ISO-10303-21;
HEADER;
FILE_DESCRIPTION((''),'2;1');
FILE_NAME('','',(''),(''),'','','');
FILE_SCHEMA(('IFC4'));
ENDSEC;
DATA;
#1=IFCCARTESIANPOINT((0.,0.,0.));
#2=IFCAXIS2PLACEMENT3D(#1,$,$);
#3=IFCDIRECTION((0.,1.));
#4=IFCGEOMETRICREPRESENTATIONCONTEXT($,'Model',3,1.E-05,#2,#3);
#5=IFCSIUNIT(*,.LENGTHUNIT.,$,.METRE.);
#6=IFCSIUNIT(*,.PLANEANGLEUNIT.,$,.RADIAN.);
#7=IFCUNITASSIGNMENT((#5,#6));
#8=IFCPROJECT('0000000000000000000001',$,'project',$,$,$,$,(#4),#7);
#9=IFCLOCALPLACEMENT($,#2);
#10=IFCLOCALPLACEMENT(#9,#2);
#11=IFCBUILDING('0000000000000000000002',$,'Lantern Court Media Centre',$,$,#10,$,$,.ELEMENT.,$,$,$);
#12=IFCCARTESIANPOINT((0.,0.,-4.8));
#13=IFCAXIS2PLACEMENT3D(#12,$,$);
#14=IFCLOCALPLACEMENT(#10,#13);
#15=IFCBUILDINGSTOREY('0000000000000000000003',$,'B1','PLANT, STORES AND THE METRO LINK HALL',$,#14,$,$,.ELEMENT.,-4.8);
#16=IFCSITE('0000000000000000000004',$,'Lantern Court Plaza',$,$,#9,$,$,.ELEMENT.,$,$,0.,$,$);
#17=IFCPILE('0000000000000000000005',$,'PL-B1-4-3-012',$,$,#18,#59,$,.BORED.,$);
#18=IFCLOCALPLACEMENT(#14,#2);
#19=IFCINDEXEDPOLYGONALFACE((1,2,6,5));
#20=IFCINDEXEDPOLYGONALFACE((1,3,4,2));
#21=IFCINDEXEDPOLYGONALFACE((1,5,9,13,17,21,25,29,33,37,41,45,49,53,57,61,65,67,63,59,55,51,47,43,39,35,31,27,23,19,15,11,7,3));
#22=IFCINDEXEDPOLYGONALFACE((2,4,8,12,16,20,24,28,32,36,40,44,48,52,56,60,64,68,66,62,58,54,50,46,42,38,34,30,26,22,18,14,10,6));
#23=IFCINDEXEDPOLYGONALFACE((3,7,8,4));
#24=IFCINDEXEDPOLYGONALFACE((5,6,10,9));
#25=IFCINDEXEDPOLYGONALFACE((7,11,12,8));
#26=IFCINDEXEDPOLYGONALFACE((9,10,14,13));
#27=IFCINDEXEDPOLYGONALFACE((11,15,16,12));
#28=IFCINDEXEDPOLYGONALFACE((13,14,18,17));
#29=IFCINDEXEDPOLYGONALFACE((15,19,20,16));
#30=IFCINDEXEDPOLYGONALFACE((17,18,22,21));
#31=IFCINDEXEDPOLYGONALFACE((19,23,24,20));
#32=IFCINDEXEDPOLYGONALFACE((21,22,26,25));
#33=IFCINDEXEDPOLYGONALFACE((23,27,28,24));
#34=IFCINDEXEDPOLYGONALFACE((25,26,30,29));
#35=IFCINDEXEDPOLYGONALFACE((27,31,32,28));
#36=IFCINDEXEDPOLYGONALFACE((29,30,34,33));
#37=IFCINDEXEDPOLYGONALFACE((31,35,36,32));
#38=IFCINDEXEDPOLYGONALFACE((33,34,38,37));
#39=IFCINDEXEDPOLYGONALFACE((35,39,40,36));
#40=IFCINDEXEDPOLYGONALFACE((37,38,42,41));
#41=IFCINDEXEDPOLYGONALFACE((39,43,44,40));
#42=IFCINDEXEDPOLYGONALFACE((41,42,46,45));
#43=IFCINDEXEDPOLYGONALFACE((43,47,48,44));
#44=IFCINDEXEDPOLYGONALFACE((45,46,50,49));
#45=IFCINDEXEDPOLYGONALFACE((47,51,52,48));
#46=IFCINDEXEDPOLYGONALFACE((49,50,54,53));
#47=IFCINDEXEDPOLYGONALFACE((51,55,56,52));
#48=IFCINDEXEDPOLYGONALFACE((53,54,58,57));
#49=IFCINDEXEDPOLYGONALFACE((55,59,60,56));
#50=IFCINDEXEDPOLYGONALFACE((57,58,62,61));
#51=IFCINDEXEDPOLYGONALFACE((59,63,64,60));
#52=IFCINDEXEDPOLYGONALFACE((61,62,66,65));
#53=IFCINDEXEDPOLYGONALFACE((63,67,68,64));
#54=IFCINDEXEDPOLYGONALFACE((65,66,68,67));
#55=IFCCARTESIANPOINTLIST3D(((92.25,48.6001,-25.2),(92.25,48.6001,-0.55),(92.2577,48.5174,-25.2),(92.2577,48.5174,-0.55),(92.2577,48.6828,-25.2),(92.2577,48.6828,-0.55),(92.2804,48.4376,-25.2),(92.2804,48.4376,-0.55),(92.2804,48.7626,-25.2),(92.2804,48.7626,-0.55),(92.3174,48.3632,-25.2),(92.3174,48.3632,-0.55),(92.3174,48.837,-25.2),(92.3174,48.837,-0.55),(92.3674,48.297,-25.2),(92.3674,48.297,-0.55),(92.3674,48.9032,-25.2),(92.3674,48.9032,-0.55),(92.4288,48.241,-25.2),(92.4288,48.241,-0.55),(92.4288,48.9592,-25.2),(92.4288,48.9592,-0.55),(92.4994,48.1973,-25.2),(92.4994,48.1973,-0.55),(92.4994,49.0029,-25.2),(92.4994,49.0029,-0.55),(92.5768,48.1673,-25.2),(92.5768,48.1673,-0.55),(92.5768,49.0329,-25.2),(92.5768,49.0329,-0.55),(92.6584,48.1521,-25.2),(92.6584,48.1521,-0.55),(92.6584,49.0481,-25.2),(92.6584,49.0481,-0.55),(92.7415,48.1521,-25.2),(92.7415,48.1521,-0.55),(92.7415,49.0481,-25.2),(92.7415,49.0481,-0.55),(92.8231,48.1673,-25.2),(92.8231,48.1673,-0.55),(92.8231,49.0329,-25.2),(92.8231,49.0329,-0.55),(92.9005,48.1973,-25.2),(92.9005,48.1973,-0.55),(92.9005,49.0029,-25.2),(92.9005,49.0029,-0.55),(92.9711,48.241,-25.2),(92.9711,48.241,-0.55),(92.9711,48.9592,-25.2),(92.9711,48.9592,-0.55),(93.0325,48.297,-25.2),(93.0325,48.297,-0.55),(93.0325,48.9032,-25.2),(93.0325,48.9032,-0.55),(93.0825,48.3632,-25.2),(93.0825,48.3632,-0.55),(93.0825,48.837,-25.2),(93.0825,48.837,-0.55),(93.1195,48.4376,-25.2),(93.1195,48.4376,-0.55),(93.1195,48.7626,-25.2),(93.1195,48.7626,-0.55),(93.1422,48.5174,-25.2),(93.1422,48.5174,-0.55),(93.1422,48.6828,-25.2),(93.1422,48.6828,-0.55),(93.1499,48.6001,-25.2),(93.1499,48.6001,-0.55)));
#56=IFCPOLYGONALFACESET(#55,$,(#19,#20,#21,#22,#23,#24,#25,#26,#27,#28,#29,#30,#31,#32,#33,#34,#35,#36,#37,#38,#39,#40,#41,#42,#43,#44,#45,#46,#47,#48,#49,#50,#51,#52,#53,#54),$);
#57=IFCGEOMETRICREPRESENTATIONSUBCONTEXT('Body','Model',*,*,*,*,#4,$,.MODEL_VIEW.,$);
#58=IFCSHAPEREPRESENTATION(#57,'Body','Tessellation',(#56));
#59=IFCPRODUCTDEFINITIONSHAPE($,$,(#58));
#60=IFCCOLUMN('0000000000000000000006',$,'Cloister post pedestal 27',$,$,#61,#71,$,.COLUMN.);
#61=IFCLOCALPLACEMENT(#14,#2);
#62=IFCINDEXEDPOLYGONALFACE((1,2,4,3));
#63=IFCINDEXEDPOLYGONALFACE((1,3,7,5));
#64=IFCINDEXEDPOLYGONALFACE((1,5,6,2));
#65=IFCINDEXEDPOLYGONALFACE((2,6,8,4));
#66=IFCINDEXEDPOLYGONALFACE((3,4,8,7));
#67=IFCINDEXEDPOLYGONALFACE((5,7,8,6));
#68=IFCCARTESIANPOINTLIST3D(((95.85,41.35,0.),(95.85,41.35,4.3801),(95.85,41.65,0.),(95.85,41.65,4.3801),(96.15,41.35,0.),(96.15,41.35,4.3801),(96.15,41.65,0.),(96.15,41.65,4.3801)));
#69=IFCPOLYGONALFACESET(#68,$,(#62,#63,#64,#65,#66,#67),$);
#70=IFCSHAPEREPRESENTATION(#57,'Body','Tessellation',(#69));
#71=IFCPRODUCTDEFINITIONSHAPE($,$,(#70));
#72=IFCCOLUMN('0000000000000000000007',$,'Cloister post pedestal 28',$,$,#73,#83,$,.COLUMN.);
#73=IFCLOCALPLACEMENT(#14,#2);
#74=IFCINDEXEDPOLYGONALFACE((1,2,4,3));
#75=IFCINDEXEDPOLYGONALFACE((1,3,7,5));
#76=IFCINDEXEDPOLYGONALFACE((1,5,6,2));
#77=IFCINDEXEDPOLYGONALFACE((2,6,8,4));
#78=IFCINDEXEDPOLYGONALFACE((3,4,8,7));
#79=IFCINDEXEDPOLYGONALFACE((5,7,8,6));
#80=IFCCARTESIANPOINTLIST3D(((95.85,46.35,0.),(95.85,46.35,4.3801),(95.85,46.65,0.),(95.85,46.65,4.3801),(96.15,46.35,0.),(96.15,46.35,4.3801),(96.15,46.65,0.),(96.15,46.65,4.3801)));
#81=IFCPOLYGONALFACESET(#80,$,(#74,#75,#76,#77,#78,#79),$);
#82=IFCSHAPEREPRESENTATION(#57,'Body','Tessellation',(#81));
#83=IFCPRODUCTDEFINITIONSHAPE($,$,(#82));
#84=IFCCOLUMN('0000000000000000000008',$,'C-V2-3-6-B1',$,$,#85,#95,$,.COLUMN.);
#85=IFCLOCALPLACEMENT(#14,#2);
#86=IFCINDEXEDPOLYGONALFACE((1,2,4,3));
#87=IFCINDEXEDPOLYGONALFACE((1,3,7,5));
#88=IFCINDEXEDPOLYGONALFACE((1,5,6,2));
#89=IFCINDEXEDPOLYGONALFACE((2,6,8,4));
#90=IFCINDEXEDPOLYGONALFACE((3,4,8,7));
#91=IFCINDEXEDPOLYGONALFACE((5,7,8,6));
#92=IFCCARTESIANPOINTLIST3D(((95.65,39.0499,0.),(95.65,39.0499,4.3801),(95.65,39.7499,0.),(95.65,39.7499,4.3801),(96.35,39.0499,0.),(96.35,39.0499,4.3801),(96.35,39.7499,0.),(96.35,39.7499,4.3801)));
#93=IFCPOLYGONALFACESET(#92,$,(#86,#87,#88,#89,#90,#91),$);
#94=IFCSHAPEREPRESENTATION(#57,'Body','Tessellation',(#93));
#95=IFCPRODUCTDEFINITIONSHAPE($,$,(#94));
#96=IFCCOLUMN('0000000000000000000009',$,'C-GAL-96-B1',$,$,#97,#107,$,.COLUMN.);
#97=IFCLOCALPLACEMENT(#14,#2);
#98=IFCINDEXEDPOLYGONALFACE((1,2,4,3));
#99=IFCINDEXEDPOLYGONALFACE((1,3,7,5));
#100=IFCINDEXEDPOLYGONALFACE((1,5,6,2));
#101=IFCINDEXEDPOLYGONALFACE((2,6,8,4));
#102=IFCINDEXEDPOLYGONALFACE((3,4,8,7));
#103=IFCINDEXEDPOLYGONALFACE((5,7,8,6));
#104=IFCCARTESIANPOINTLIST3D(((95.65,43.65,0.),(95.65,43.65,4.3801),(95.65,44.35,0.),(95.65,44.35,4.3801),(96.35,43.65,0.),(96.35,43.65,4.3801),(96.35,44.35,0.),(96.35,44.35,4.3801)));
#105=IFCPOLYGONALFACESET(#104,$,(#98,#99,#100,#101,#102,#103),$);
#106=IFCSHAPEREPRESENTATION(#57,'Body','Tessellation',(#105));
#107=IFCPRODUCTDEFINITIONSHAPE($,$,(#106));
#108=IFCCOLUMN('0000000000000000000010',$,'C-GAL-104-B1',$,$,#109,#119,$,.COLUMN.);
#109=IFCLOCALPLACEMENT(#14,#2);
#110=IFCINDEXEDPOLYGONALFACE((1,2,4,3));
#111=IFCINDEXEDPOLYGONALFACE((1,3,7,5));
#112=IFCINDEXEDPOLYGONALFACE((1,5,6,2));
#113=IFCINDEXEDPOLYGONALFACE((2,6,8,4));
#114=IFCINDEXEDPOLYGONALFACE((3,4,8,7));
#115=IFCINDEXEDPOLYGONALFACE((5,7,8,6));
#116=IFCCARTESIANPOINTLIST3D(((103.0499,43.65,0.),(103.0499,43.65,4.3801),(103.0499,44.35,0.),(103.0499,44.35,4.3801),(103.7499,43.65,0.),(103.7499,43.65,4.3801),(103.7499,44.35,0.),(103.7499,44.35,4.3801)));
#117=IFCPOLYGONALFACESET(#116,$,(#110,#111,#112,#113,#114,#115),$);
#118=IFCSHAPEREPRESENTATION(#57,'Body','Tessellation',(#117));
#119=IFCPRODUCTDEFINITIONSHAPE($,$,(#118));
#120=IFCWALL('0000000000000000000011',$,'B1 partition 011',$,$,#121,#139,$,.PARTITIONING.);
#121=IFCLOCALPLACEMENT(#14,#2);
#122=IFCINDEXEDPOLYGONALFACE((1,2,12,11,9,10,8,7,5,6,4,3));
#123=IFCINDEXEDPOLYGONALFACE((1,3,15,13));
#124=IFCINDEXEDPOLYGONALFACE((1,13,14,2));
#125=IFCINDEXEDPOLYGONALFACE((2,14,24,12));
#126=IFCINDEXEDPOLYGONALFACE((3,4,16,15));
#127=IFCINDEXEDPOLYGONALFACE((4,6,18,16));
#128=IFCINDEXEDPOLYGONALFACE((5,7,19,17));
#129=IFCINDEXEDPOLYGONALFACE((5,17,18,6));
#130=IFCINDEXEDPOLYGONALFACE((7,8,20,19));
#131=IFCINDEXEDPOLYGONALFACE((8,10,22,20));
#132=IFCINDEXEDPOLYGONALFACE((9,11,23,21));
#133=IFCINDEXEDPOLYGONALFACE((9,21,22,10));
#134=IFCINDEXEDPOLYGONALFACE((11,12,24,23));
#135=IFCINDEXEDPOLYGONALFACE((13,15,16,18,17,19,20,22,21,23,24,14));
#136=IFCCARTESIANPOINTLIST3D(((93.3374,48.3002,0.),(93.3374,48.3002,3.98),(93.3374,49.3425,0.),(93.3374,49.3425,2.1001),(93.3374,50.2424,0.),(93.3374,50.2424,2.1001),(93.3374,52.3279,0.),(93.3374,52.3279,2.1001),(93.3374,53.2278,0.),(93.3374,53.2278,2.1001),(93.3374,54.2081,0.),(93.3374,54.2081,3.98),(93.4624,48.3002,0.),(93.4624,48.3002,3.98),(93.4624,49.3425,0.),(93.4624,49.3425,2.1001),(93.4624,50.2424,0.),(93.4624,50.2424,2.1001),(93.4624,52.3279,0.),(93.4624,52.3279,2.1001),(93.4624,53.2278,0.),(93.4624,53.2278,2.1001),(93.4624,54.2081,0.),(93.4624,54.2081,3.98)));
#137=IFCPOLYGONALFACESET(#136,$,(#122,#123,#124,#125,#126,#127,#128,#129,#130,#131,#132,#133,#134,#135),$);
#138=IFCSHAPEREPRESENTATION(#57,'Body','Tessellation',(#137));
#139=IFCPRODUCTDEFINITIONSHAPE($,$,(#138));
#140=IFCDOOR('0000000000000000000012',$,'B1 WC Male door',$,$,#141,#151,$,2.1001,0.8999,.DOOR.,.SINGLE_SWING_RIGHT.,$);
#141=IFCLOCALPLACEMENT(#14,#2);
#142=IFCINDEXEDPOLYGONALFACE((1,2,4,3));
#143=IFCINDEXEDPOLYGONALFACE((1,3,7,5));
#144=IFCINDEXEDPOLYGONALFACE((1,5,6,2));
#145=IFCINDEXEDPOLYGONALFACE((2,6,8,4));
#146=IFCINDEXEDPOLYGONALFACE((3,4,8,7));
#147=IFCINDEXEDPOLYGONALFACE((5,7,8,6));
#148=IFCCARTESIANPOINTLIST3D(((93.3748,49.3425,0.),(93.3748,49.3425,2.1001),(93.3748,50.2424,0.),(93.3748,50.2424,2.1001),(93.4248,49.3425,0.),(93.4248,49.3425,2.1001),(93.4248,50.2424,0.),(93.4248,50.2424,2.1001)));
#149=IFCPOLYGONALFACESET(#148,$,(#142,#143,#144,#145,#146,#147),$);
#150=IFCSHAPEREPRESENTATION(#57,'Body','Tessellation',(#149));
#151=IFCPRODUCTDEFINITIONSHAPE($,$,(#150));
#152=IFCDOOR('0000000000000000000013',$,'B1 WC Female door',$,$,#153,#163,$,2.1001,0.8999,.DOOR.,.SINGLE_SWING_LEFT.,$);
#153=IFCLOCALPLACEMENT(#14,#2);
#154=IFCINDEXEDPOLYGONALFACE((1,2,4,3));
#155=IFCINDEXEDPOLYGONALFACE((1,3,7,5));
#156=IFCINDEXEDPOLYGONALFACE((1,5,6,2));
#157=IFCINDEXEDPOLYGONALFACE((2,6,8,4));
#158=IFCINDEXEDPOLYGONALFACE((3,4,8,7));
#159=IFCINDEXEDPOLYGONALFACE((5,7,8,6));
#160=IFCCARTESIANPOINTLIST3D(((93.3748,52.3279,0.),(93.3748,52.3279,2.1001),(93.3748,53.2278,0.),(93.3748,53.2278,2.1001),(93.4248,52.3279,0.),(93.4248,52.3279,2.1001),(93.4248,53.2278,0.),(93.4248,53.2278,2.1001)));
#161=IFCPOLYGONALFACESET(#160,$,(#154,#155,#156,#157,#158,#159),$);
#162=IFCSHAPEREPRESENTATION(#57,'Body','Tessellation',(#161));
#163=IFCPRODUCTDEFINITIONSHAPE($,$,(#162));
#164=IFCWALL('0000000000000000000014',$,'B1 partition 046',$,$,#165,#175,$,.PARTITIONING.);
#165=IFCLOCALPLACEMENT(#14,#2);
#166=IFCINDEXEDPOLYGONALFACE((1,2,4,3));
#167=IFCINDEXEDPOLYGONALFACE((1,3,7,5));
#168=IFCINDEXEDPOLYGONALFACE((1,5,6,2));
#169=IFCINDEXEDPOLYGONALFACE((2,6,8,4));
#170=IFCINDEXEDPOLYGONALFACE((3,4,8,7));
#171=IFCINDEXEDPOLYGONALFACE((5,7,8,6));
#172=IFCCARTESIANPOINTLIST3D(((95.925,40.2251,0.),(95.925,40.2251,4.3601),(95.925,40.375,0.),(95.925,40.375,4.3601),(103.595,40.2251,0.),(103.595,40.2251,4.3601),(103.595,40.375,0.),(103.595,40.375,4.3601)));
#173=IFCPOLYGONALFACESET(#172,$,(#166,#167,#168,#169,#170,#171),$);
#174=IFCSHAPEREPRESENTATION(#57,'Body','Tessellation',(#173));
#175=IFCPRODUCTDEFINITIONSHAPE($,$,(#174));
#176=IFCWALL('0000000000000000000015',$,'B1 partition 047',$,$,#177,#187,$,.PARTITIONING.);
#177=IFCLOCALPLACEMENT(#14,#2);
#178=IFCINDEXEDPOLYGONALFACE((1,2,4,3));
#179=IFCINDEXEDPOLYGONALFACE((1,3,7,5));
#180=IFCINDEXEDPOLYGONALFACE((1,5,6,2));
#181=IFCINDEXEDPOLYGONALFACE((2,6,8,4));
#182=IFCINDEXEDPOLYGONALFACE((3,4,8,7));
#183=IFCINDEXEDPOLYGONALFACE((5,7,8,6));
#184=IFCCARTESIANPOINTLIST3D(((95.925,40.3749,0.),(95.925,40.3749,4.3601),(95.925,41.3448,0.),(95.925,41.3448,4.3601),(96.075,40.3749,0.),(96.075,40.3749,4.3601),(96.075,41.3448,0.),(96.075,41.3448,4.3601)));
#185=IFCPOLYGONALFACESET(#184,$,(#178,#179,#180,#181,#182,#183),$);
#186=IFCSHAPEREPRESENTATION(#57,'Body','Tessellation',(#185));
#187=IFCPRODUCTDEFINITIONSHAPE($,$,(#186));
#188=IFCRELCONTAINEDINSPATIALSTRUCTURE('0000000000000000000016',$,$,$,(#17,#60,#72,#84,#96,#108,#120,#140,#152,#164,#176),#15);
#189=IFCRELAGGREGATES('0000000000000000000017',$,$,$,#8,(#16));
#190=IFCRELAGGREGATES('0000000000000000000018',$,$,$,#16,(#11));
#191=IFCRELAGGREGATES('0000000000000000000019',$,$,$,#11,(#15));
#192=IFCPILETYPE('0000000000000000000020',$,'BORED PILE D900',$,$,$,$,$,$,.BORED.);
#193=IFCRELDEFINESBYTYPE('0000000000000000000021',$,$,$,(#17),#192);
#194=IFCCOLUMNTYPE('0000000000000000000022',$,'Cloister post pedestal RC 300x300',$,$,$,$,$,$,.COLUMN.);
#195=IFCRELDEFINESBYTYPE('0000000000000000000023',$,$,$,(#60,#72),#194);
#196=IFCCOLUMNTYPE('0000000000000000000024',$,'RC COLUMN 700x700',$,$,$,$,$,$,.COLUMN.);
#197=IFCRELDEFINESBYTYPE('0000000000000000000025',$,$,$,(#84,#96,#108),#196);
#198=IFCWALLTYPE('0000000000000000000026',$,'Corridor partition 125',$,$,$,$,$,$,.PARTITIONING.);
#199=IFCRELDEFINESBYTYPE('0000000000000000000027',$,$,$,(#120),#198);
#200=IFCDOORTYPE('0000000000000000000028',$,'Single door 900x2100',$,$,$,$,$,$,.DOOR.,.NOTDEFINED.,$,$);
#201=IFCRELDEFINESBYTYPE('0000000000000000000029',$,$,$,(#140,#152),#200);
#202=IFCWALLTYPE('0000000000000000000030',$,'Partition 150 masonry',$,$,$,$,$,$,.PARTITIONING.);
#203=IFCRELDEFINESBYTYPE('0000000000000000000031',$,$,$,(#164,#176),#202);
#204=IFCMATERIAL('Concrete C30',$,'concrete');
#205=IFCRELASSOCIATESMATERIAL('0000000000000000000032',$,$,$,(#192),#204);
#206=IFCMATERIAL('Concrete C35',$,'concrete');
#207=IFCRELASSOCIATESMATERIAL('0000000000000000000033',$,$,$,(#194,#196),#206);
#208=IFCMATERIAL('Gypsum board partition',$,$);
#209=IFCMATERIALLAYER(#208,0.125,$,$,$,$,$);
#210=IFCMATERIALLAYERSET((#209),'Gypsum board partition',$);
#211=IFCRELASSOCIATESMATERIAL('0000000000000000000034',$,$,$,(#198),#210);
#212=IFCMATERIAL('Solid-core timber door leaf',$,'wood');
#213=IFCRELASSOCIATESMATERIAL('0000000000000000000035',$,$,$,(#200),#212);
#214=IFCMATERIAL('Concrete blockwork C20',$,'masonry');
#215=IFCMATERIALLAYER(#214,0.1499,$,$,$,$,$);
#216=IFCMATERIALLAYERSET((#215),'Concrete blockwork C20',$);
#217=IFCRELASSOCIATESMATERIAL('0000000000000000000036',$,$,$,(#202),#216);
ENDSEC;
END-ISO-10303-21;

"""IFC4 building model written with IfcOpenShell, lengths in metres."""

from ifc_helpers import new_model, si_unit, direction, frame, frame_2d, origin, origin_2d, place, context, subcontext, project, spatial, rectangle, circle, extrude, material, layer, layer_set, material_profile, profile_set, type_object, element, fill, save


model = new_model("IFC4")

# Units and contexts
model_context = context("Model", 3, precision=1e-05, world=origin(), true_north=direction((0.0, 1.0)))
body_context = subcontext(model_context, "Body", "Model", "MODEL_VIEW")
ifc_project = project(units=[si_unit("LENGTHUNIT", "METRE"), si_unit("PLANEANGLEUNIT", "RADIAN")], contexts=[model_context])

# Site, building, storey
site_placement = place(None, origin())
site = spatial("IfcSite", under=ifc_project, at=site_placement, Name="Lantern Court Plaza", CompositionType="ELEMENT", RefElevation=0.0)
building_placement = place(site_placement, origin())
building = spatial("IfcBuilding", under=site, at=building_placement, Name="Lantern Court Media Centre", CompositionType="ELEMENT")
storey_placement = place(building_placement, frame((0.0, 0.0, -4.8)))
storey = spatial("IfcBuildingStorey", under=building, at=storey_placement, Name="B1", Description="PLANT, STORES AND THE METRO LINK HALL", CompositionType="ELEMENT", Elevation=-4.8)

# Pile
ifc_material_1 = material(Name="Concrete C30", Category="concrete")
ifc_material_profile_1 = material_profile(ifc_material_1, circle(Radius=0.45, at=origin_2d()), Name="D900")
ifc_profile_set_1 = profile_set([ifc_material_profile_1], Name="Concrete C30")
pile_type = type_object("IfcPileType", Name="BORED PILE D900", PredefinedType="BORED", material=ifc_profile_set_1)
pile_placement = place(storey_placement, frame((92.7, 48.6001, -0.55), z_axis=(0.0, 0.0, -1.0), x_axis=(1.0, 0.0, 0.0)))
element("IfcPile", 1, at=pile_placement, inside=storey, type_object=pile_type, Name="PL-B1-4-3-012", PredefinedType="BORED", context=body_context, shape_type="SweptSolid", body=[
    extrude(circle(Radius=0.45, at=origin_2d()), origin(), (0.0, 0.0, 1.0), 24.6499),
])

# Columns
ifc_material_2 = material(Name="Concrete C35", Category="concrete")
ifc_material_profile_2 = material_profile(ifc_material_2, rectangle(XDim=0.3, YDim=0.3, at=origin_2d()), Name="RC 300x300")
ifc_profile_set_2 = profile_set([ifc_material_profile_2], Name="Concrete C35")
column_type_1 = type_object("IfcColumnType", Name="Cloister post pedestal RC 300x300", PredefinedType="COLUMN", material=ifc_profile_set_2)
for number, where, z_axis, x_axis, name in (
    (2, (96.0, 41.5, 0.0), (0.0, 0.0, 1.0), (1.0, 0.0, 0.0), "Cloister post pedestal 27"),
    (3, (96.0, 46.5, 0.0), (0.0, 0.0, 1.0), (1.0, 0.0, 0.0), "Cloister post pedestal 28"),
):
    element("IfcColumn", number, at=place(storey_placement, frame(where, z_axis=z_axis, x_axis=x_axis)), inside=storey, type_object=column_type_1, Name=name, PredefinedType="COLUMN", context=body_context, shape_type="SweptSolid", body=[
        extrude(rectangle(XDim=0.3, YDim=0.3, at=origin_2d()), origin(), (0.0, 0.0, 1.0), 4.3801),
    ])
ifc_material_profile_3 = material_profile(ifc_material_2, rectangle(XDim=0.7, YDim=0.7, at=origin_2d()), Name="RC 700x700")
ifc_profile_set_3 = profile_set([ifc_material_profile_3], Name="Concrete C35")
column_type_2 = type_object("IfcColumnType", Name="RC COLUMN 700x700", PredefinedType="COLUMN", material=ifc_profile_set_3)
for number, where, z_axis, x_axis, name in (
    (4, (96.0, 39.3999, 0.0), (0.0, 0.0, 1.0), (1.0, 0.0, 0.0), "C-V2-3-6-B1"),
    (5, (96.0, 44.0, 0.0), (0.0, 0.0, 1.0), (1.0, 0.0, 0.0), "C-GAL-96-B1"),
    (6, (103.3999, 44.0, 0.0), (0.0, 0.0, 1.0), (1.0, 0.0, 0.0), "C-GAL-104-B1"),
):
    element("IfcColumn", number, at=place(storey_placement, frame(where, z_axis=z_axis, x_axis=x_axis)), inside=storey, type_object=column_type_2, Name=name, PredefinedType="COLUMN", context=body_context, shape_type="SweptSolid", body=[
        extrude(rectangle(XDim=0.7, YDim=0.7, at=origin_2d()), origin(), (0.0, 0.0, 1.0), 4.3801),
    ])

# Wall, openings, doors
ifc_material_3 = material(Name="Gypsum board partition")
ifc_layer_1 = layer(ifc_material_3, 0.125)
ifc_layer_set_1 = layer_set([ifc_layer_1], Name="Gypsum board partition")
wall_type_1 = type_object("IfcWallType", Name="Corridor partition 125", PredefinedType="PARTITIONING", material=ifc_layer_set_1)
wall_1_placement = place(storey_placement, frame((93.3999, 48.3, 0.0), z_axis=(0.0, 0.0, 1.0), x_axis=(0.0, 1.0, 0.0)))
wall_1 = element("IfcWall", 7, at=wall_1_placement, inside=storey, type_object=wall_type_1, Name="B1 partition 011", PredefinedType="PARTITIONING", context=body_context, shape_type="SweptSolid", body=[
    extrude(rectangle(XDim=5.908, YDim=0.125, at=frame_2d((2.9541, 0.0))), origin(), (0.0, 0.0, 1.0), 3.98),
])
opening_1_placement = place(wall_1_placement, frame((1.0425, 0.0, 0.0)))
opening_1 = element("IfcOpeningElement", 8, at=opening_1_placement, cuts=wall_1, PredefinedType="OPENING", context=body_context, shape_type="SweptSolid", body=[
    extrude(rectangle(XDim=0.8999, YDim=2.1001, at=frame_2d((0.45, 1.05))), frame((0.0, 0.0725, 0.0), z_axis=(0.0, -1.0, 0.0), x_axis=(1.0, 0.0, 0.0)), (0.0, 0.0, 1.0), 0.145),
])
opening_2_placement = place(wall_1_placement, frame((4.0278, 0.0, 0.0)))
opening_2 = element("IfcOpeningElement", 9, at=opening_2_placement, cuts=wall_1, PredefinedType="OPENING", context=body_context, shape_type="SweptSolid", body=[
    extrude(rectangle(XDim=0.8999, YDim=2.1001, at=frame_2d((0.45, 1.05))), frame((0.0, 0.0725, 0.0), z_axis=(0.0, -1.0, 0.0), x_axis=(1.0, 0.0, 0.0)), (0.0, 0.0, 1.0), 0.145),
])
ifc_material_4 = material(Name="Solid-core timber door leaf", Category="wood")
door_type_1 = type_object("IfcDoorType", Name="Single door 900x2100", OperationType="NOTDEFINED", PredefinedType="DOOR", material=ifc_material_4)
door_1_placement = place(opening_1_placement, frame((0.8999, 0.0, 0.0), z_axis=(0.0, 0.0, 1.0), x_axis=(-1.0, 0.0, 0.0)))
door_1 = element("IfcDoor", 10, at=door_1_placement, inside=storey, type_object=door_type_1, Name="B1 WC Male door", OperationType="SINGLE_SWING_RIGHT", OverallHeight=2.1001, OverallWidth=0.8999, PredefinedType="DOOR", context=body_context, shape_type="SweptSolid", body=[
    extrude(rectangle(XDim=0.8999, YDim=2.1001, at=frame_2d((0.45, 1.05))), frame((0.0, 0.0249, 0.0), z_axis=(0.0, -1.0, 0.0), x_axis=(1.0, 0.0, 0.0)), (0.0, 0.0, 1.0), 0.05),
])
fill(opening_1, door_1)
door_2_placement = place(opening_2_placement, frame((0.8999, 0.0, 0.0), z_axis=(0.0, 0.0, 1.0), x_axis=(-1.0, 0.0, 0.0)))
door_2 = element("IfcDoor", 11, at=door_2_placement, inside=storey, type_object=door_type_1, Name="B1 WC Female door", OperationType="SINGLE_SWING_LEFT", OverallHeight=2.1001, OverallWidth=0.8999, PredefinedType="DOOR", context=body_context, shape_type="SweptSolid", body=[
    extrude(rectangle(XDim=0.8999, YDim=2.1001, at=frame_2d((0.45, 1.05))), frame((0.0, 0.0249, 0.0), z_axis=(0.0, -1.0, 0.0), x_axis=(1.0, 0.0, 0.0)), (0.0, 0.0, 1.0), 0.05),
])
fill(opening_2, door_2)

# Walls
ifc_material_5 = material(Name="Concrete blockwork C20", Category="masonry")
ifc_layer_2 = layer(ifc_material_5, 0.1499)
ifc_layer_set_2 = layer_set([ifc_layer_2], Name="Concrete blockwork C20")
wall_type_2 = type_object("IfcWallType", Name="Partition 150 masonry", PredefinedType="PARTITIONING", material=ifc_layer_set_2)
wall_2_placement = place(storey_placement, frame((95.925, 40.3, 0.0), z_axis=(0.0, 0.0, 1.0), x_axis=(1.0, 0.0, 0.0)))
element("IfcWall", 12, at=wall_2_placement, inside=storey, type_object=wall_type_2, Name="B1 partition 046", PredefinedType="PARTITIONING", context=body_context, shape_type="SweptSolid", body=[
    extrude(rectangle(XDim=7.6699, YDim=0.1499, at=frame_2d((3.835, 0.0))), origin(), (0.0, 0.0, 1.0), 4.3601),
])
wall_3_placement = place(storey_placement, frame((96.0, 40.375, 0.0), z_axis=(0.0, 0.0, 1.0), x_axis=(0.0, 1.0, 0.0)))
element("IfcWall", 13, at=wall_3_placement, inside=storey, type_object=wall_type_2, Name="B1 partition 047", PredefinedType="PARTITIONING", context=body_context, shape_type="SweptSolid", body=[
    extrude(rectangle(XDim=0.97, YDim=0.1499, at=frame_2d((0.4849, 0.0))), origin(), (0.0, 0.0, 1.0), 4.3601),
])

save(model, "model.ifc")
